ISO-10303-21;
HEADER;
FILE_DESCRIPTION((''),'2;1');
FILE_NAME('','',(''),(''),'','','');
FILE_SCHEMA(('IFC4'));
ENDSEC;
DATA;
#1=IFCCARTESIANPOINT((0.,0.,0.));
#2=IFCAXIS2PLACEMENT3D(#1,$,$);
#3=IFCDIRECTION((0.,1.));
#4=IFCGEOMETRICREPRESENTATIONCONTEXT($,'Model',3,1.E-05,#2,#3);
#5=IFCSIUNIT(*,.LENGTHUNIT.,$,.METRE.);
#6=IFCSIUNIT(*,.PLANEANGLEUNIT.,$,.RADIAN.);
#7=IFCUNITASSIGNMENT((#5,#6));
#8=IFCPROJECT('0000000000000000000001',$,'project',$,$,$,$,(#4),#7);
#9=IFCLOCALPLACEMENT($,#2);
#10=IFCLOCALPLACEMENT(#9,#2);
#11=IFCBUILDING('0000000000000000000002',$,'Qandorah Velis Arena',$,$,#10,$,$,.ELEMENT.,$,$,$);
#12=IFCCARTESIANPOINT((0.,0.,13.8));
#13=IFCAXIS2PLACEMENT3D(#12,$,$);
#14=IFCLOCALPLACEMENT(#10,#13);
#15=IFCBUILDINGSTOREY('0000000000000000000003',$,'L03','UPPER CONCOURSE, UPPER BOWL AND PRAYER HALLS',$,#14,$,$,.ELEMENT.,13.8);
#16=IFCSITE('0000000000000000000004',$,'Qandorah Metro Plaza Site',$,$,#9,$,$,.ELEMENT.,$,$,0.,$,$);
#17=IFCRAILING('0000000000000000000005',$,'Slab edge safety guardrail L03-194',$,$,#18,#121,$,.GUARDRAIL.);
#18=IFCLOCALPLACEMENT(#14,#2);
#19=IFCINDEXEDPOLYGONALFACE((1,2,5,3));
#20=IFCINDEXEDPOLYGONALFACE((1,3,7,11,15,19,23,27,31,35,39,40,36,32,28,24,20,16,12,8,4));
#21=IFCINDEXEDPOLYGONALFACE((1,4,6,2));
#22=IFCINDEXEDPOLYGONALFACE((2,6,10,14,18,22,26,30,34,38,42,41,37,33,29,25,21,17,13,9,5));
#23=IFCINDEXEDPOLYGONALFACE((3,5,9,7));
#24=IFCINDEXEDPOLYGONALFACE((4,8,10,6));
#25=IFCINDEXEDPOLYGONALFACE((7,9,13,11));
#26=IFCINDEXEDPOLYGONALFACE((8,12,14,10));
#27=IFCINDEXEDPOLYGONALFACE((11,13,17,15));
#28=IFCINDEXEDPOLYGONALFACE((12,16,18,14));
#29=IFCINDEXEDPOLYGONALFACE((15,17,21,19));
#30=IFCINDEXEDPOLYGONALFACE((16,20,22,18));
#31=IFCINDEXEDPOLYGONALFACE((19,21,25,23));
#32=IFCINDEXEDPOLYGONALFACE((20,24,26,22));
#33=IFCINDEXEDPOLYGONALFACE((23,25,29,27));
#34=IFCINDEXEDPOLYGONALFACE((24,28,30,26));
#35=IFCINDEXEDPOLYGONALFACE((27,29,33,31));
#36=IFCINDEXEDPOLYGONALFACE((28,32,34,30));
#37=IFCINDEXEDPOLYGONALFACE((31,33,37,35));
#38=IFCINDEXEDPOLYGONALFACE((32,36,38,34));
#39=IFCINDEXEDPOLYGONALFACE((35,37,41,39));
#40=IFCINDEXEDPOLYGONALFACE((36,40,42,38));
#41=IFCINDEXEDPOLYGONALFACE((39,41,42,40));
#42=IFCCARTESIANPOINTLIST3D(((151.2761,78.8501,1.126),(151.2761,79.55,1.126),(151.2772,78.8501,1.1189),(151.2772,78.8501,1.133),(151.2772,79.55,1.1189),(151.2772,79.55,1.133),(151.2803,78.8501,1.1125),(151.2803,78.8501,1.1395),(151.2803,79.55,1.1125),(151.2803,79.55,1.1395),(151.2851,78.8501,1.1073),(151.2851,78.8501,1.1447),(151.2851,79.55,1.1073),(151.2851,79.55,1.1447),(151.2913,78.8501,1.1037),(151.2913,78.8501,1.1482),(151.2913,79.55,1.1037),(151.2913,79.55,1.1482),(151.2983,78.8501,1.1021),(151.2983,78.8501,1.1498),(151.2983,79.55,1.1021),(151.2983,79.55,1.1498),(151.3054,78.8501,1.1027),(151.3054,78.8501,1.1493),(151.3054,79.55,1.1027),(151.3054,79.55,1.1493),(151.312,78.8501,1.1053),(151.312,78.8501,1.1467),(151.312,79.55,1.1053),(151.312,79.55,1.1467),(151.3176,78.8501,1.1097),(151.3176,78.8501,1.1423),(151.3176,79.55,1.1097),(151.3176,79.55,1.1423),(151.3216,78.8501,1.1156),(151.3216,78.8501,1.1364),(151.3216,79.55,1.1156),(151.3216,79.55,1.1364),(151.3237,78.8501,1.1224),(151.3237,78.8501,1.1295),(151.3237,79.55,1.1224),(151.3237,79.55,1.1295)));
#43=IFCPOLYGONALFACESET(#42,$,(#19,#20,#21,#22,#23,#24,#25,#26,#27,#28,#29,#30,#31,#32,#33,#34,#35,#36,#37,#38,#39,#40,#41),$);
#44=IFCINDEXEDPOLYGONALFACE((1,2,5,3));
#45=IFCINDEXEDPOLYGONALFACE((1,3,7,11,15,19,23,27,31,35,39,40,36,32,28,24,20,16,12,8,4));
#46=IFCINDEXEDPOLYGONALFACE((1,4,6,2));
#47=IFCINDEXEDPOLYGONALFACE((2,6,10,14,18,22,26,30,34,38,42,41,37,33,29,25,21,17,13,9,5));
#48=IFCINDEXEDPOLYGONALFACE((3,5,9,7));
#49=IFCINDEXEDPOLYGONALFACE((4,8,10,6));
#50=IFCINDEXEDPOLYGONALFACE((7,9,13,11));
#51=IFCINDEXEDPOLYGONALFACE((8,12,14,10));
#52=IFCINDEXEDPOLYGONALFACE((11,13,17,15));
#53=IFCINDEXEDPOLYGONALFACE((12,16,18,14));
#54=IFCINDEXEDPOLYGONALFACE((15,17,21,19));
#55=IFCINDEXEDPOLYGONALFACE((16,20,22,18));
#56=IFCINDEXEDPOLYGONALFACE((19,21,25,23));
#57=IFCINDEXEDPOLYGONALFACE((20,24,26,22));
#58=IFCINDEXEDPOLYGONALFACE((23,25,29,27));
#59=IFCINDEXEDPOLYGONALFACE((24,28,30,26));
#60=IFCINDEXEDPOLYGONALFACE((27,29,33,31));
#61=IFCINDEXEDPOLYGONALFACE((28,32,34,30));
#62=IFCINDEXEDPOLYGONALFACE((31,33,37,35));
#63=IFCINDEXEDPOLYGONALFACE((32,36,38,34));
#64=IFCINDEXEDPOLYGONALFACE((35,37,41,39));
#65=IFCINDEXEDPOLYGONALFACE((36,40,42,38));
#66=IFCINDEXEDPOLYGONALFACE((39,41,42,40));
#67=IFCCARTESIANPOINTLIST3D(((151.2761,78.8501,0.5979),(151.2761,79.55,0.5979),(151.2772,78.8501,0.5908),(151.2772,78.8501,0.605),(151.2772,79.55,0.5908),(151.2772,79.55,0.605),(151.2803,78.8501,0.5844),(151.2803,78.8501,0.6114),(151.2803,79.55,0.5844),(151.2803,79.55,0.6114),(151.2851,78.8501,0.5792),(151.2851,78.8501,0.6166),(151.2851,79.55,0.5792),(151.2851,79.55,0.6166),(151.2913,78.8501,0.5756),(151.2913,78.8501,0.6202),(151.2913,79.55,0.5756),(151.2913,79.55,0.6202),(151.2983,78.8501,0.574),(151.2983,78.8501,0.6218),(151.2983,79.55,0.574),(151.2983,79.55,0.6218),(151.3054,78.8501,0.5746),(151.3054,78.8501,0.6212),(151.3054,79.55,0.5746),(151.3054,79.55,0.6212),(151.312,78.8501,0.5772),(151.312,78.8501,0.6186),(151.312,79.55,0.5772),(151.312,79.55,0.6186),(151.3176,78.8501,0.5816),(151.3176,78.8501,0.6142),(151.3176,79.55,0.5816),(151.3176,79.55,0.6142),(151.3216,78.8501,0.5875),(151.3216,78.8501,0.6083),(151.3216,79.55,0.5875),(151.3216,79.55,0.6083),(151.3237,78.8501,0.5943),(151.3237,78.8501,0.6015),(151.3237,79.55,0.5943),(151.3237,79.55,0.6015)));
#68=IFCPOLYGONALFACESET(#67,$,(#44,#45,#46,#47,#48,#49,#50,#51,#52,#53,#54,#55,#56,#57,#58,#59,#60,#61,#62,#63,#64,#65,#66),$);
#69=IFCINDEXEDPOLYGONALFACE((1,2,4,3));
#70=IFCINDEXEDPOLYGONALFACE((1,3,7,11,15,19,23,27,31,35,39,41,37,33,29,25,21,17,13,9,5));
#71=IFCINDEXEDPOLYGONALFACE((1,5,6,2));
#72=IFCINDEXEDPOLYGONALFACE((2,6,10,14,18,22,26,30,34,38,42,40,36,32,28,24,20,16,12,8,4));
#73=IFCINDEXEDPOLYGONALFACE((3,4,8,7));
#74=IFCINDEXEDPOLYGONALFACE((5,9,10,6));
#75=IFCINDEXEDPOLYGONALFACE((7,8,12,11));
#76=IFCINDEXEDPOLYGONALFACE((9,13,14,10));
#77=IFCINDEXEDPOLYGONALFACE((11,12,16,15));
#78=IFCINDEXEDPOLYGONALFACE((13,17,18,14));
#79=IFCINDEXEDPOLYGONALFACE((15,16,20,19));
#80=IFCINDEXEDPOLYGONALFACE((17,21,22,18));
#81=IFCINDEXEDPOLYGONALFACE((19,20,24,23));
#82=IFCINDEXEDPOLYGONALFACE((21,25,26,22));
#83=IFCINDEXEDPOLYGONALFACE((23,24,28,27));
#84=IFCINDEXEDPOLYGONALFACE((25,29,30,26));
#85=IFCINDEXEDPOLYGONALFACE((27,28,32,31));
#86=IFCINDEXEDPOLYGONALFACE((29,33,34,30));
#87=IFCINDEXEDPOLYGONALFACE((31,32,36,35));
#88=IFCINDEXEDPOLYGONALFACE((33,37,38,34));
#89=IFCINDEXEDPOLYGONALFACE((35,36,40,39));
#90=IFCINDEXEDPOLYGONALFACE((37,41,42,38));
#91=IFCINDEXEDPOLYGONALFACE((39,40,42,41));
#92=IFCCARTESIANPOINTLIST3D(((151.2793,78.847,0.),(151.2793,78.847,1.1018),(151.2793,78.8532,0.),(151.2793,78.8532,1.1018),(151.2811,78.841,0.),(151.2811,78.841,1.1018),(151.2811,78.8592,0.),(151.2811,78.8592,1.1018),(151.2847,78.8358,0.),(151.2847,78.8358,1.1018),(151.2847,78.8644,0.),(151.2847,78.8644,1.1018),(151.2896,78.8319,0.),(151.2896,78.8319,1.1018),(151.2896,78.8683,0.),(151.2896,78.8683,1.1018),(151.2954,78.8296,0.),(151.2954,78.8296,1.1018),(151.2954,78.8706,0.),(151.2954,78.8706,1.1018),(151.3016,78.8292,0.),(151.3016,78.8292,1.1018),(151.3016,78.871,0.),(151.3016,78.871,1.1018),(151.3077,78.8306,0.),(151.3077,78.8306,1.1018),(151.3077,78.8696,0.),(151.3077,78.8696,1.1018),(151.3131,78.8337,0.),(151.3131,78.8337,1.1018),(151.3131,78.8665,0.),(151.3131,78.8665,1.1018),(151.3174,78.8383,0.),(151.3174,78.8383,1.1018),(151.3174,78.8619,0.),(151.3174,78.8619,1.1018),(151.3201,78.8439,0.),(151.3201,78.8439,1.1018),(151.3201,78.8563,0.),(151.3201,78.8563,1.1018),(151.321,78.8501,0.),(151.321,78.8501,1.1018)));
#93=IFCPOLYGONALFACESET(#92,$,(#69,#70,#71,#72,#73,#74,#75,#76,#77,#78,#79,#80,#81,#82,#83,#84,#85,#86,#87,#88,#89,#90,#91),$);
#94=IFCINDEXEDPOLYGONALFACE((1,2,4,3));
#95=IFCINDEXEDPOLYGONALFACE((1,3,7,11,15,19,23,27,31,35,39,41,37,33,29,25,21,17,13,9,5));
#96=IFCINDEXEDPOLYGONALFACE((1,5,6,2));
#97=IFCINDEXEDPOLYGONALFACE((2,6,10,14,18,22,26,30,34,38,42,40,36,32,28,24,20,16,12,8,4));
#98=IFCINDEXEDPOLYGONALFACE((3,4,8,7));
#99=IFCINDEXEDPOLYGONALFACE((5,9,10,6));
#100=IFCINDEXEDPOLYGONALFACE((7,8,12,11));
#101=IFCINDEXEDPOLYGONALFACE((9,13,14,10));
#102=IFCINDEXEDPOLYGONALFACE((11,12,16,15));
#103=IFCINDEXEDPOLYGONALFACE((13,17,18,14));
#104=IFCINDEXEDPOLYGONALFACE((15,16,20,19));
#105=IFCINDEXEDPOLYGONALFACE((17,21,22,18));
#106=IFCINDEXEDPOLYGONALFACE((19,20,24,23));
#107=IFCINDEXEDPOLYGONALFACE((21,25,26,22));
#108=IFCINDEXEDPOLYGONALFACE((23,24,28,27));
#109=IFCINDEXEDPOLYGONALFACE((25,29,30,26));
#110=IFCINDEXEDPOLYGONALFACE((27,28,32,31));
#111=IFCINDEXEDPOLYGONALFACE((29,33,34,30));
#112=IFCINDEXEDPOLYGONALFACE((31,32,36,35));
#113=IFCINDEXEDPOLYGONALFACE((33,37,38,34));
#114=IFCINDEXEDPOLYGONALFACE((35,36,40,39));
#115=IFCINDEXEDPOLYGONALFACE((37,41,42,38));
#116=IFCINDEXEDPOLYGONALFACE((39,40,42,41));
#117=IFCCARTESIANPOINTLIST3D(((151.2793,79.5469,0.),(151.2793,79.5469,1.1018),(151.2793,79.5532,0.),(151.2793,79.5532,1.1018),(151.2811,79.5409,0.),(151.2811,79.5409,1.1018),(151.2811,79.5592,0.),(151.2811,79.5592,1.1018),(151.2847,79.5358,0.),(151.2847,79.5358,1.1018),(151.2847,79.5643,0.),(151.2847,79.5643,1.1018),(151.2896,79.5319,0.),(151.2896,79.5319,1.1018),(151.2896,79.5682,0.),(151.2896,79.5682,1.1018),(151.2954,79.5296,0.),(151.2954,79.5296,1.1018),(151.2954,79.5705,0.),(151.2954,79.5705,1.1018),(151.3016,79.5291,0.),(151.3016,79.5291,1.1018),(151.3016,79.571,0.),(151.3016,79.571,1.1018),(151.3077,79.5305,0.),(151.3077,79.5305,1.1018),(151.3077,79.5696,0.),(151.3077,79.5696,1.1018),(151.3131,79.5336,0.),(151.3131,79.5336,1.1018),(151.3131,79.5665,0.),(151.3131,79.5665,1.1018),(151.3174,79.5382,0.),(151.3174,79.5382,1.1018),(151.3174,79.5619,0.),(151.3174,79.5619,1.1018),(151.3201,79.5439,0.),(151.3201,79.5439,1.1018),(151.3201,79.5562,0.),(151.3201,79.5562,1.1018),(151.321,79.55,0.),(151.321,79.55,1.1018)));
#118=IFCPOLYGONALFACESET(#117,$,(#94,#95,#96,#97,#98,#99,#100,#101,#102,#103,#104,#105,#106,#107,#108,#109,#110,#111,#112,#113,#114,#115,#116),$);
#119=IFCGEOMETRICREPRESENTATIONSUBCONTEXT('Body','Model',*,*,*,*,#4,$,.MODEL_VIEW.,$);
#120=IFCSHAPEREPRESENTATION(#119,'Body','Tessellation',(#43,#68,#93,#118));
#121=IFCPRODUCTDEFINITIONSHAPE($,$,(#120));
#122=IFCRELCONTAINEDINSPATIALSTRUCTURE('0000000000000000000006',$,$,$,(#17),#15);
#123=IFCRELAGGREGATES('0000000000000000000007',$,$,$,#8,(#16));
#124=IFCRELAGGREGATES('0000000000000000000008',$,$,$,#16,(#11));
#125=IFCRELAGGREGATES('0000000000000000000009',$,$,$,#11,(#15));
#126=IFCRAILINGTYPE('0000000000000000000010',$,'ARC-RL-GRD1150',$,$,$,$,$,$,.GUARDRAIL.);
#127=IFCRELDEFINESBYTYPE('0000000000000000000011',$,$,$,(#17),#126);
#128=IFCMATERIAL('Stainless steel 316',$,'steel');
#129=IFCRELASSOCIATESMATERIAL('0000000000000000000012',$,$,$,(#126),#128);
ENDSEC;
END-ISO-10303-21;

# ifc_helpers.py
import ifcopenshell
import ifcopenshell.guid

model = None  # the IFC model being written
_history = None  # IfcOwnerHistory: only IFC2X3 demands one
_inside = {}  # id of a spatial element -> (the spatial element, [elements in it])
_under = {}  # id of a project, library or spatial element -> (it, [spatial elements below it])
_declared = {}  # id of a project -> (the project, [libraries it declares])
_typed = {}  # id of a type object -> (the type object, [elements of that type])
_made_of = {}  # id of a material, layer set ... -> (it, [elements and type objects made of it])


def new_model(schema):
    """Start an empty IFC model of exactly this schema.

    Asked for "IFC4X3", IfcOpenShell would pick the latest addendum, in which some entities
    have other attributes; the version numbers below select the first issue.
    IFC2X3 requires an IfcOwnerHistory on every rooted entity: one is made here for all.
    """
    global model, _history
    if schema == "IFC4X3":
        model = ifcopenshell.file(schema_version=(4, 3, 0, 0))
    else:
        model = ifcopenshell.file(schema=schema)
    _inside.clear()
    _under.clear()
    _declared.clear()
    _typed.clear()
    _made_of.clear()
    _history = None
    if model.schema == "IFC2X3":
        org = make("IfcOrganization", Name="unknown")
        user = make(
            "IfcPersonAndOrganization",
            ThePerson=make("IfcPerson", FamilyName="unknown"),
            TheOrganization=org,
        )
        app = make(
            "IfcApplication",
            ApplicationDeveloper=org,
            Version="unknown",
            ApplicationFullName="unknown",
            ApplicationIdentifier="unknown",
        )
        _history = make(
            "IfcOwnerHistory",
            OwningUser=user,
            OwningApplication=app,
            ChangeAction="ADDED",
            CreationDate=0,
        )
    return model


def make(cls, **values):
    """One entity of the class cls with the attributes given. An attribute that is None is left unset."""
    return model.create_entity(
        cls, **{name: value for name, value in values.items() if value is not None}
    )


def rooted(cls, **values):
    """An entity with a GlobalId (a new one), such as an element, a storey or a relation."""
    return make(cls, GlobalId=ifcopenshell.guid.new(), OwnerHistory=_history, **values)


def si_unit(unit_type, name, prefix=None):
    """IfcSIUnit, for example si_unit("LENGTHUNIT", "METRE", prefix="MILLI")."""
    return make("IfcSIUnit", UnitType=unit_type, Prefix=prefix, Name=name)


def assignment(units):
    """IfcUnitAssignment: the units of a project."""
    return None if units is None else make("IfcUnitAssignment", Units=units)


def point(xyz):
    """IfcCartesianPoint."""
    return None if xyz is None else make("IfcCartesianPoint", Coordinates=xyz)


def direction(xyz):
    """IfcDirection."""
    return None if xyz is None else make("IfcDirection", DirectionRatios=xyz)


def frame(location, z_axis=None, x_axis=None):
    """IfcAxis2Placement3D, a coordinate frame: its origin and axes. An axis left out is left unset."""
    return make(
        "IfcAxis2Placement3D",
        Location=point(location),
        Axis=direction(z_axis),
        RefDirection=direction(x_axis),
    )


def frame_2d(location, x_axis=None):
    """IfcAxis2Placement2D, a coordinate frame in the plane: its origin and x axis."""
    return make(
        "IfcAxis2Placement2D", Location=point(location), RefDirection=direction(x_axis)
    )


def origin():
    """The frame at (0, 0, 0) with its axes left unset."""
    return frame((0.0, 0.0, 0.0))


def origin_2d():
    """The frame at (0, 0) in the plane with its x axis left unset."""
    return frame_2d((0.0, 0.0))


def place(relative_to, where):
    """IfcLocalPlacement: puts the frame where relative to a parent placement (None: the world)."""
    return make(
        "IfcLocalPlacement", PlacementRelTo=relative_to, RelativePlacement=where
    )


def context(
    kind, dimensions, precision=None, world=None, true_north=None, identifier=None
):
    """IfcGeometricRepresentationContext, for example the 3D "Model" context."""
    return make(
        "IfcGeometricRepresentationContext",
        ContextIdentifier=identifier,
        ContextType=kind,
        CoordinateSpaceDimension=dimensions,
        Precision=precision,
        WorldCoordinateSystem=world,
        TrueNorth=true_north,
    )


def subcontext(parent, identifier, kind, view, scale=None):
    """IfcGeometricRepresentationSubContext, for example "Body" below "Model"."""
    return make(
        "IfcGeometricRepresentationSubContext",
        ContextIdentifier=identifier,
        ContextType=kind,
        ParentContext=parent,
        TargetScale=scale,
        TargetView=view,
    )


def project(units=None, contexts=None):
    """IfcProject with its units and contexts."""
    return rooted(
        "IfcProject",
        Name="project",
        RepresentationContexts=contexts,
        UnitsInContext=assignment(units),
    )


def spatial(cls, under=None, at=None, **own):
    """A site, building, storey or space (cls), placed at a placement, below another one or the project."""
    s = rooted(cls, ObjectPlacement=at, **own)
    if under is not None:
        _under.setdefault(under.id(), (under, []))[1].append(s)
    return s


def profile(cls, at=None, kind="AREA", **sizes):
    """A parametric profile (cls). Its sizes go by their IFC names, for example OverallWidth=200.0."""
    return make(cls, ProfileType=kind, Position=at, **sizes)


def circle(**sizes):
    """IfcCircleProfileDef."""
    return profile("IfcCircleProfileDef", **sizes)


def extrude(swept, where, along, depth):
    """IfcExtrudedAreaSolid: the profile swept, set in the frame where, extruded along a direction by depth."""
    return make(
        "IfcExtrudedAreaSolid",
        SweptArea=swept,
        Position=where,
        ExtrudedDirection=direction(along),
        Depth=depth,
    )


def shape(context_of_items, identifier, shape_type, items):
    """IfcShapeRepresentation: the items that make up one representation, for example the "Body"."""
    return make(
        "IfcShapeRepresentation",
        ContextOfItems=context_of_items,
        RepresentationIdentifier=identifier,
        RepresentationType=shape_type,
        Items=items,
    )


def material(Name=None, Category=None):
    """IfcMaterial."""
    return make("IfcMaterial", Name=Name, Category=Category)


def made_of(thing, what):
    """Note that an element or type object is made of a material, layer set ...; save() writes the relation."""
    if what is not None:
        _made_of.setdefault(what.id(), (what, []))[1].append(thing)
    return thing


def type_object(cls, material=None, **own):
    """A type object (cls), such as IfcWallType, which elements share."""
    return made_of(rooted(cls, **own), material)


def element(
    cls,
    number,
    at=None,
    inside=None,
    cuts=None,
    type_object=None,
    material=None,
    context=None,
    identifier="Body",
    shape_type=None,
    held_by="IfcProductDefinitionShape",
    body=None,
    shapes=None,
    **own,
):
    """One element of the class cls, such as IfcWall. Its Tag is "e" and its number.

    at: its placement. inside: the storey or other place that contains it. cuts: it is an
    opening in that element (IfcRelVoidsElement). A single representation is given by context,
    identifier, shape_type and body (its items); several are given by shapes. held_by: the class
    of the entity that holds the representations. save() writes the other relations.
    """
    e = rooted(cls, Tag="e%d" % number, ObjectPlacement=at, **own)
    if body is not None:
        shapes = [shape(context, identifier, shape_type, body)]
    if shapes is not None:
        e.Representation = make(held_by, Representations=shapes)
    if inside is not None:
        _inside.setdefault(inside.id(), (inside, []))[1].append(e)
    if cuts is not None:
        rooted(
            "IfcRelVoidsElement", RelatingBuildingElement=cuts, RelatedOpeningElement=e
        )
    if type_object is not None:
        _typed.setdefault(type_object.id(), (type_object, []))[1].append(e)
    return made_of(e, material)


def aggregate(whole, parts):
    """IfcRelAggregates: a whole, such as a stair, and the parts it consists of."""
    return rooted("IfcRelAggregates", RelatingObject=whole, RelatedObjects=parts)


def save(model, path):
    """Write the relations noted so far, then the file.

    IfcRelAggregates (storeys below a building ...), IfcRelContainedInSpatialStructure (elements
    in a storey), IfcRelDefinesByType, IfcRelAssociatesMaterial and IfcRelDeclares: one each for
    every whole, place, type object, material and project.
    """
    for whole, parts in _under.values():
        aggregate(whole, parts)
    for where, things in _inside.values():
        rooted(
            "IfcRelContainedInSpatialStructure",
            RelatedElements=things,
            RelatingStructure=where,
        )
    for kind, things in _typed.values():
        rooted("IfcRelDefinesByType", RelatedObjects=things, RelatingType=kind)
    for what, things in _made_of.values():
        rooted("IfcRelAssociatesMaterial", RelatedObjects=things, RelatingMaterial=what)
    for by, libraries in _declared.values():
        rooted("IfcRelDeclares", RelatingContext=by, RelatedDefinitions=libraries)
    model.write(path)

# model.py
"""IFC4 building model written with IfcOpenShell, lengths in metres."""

from ifc_helpers import new_model, si_unit, direction, frame, origin, origin_2d, place, context, subcontext, project, spatial, circle, extrude, material, type_object, element, save


model = new_model("IFC4")

# Units and contexts
model_context = context("Model", 3, precision=1e-05, world=origin(), true_north=direction((0.0, 1.0)))
body_context = subcontext(model_context, "Body", "Model", "MODEL_VIEW")
ifc_project = project(units=[si_unit("LENGTHUNIT", "METRE"), si_unit("PLANEANGLEUNIT", "RADIAN")], contexts=[model_context])

# Site, building, storey
site_placement = place(None, origin())
site = spatial("IfcSite", under=ifc_project, at=site_placement, Name="Qandorah Metro Plaza Site", CompositionType="ELEMENT", RefElevation=0.0)
building_placement = place(site_placement, origin())
building = spatial("IfcBuilding", under=site, at=building_placement, Name="Qandorah Velis Arena", CompositionType="ELEMENT")
storey_placement = place(building_placement, frame((0.0, 0.0, 13.8)))
storey = spatial("IfcBuildingStorey", under=building, at=storey_placement, Name="L03", Description="UPPER CONCOURSE, UPPER BOWL AND PRAYER HALLS", CompositionType="ELEMENT", Elevation=13.8)

# Railing
ifc_material_1 = material(Name="Stainless steel 316", Category="steel")
railing_type = type_object("IfcRailingType", Name="ARC-RL-GRD1150", PredefinedType="GUARDRAIL", material=ifc_material_1)
railing_1_placement = place(storey_placement, frame((151.3, 78.8501, 0.0)))
element("IfcRailing", 1, at=railing_1_placement, inside=storey, type_object=railing_type, Name="Slab edge safety guardrail L03-194", PredefinedType="GUARDRAIL", context=body_context, shape_type="SweptSolid", body=[
    extrude(circle(Radius=0.0239, at=origin_2d()), frame((0.0, 0.0, 1.126), z_axis=(0.0, 1.0, 0.0), x_axis=(-1.0, 0.0, 0.0)), (0.0, 0.0, 1.0), 0.7),
    extrude(circle(Radius=0.0239, at=origin_2d()), frame((0.0, 0.0, 0.5979), z_axis=(0.0, 1.0, 0.0), x_axis=(-1.0, 0.0, 0.0)), (0.0, 0.0, 1.0), 0.7),
    extrude(circle(Radius=0.021, at=origin_2d()), origin(), (0.0, 0.0, 1.0), 1.1018),
    extrude(circle(Radius=0.021, at=origin_2d()), frame((0.0, 0.7, 0.0)), (0.0, 0.0, 1.0), 1.1018),
])

save(model, "model.ifc")
